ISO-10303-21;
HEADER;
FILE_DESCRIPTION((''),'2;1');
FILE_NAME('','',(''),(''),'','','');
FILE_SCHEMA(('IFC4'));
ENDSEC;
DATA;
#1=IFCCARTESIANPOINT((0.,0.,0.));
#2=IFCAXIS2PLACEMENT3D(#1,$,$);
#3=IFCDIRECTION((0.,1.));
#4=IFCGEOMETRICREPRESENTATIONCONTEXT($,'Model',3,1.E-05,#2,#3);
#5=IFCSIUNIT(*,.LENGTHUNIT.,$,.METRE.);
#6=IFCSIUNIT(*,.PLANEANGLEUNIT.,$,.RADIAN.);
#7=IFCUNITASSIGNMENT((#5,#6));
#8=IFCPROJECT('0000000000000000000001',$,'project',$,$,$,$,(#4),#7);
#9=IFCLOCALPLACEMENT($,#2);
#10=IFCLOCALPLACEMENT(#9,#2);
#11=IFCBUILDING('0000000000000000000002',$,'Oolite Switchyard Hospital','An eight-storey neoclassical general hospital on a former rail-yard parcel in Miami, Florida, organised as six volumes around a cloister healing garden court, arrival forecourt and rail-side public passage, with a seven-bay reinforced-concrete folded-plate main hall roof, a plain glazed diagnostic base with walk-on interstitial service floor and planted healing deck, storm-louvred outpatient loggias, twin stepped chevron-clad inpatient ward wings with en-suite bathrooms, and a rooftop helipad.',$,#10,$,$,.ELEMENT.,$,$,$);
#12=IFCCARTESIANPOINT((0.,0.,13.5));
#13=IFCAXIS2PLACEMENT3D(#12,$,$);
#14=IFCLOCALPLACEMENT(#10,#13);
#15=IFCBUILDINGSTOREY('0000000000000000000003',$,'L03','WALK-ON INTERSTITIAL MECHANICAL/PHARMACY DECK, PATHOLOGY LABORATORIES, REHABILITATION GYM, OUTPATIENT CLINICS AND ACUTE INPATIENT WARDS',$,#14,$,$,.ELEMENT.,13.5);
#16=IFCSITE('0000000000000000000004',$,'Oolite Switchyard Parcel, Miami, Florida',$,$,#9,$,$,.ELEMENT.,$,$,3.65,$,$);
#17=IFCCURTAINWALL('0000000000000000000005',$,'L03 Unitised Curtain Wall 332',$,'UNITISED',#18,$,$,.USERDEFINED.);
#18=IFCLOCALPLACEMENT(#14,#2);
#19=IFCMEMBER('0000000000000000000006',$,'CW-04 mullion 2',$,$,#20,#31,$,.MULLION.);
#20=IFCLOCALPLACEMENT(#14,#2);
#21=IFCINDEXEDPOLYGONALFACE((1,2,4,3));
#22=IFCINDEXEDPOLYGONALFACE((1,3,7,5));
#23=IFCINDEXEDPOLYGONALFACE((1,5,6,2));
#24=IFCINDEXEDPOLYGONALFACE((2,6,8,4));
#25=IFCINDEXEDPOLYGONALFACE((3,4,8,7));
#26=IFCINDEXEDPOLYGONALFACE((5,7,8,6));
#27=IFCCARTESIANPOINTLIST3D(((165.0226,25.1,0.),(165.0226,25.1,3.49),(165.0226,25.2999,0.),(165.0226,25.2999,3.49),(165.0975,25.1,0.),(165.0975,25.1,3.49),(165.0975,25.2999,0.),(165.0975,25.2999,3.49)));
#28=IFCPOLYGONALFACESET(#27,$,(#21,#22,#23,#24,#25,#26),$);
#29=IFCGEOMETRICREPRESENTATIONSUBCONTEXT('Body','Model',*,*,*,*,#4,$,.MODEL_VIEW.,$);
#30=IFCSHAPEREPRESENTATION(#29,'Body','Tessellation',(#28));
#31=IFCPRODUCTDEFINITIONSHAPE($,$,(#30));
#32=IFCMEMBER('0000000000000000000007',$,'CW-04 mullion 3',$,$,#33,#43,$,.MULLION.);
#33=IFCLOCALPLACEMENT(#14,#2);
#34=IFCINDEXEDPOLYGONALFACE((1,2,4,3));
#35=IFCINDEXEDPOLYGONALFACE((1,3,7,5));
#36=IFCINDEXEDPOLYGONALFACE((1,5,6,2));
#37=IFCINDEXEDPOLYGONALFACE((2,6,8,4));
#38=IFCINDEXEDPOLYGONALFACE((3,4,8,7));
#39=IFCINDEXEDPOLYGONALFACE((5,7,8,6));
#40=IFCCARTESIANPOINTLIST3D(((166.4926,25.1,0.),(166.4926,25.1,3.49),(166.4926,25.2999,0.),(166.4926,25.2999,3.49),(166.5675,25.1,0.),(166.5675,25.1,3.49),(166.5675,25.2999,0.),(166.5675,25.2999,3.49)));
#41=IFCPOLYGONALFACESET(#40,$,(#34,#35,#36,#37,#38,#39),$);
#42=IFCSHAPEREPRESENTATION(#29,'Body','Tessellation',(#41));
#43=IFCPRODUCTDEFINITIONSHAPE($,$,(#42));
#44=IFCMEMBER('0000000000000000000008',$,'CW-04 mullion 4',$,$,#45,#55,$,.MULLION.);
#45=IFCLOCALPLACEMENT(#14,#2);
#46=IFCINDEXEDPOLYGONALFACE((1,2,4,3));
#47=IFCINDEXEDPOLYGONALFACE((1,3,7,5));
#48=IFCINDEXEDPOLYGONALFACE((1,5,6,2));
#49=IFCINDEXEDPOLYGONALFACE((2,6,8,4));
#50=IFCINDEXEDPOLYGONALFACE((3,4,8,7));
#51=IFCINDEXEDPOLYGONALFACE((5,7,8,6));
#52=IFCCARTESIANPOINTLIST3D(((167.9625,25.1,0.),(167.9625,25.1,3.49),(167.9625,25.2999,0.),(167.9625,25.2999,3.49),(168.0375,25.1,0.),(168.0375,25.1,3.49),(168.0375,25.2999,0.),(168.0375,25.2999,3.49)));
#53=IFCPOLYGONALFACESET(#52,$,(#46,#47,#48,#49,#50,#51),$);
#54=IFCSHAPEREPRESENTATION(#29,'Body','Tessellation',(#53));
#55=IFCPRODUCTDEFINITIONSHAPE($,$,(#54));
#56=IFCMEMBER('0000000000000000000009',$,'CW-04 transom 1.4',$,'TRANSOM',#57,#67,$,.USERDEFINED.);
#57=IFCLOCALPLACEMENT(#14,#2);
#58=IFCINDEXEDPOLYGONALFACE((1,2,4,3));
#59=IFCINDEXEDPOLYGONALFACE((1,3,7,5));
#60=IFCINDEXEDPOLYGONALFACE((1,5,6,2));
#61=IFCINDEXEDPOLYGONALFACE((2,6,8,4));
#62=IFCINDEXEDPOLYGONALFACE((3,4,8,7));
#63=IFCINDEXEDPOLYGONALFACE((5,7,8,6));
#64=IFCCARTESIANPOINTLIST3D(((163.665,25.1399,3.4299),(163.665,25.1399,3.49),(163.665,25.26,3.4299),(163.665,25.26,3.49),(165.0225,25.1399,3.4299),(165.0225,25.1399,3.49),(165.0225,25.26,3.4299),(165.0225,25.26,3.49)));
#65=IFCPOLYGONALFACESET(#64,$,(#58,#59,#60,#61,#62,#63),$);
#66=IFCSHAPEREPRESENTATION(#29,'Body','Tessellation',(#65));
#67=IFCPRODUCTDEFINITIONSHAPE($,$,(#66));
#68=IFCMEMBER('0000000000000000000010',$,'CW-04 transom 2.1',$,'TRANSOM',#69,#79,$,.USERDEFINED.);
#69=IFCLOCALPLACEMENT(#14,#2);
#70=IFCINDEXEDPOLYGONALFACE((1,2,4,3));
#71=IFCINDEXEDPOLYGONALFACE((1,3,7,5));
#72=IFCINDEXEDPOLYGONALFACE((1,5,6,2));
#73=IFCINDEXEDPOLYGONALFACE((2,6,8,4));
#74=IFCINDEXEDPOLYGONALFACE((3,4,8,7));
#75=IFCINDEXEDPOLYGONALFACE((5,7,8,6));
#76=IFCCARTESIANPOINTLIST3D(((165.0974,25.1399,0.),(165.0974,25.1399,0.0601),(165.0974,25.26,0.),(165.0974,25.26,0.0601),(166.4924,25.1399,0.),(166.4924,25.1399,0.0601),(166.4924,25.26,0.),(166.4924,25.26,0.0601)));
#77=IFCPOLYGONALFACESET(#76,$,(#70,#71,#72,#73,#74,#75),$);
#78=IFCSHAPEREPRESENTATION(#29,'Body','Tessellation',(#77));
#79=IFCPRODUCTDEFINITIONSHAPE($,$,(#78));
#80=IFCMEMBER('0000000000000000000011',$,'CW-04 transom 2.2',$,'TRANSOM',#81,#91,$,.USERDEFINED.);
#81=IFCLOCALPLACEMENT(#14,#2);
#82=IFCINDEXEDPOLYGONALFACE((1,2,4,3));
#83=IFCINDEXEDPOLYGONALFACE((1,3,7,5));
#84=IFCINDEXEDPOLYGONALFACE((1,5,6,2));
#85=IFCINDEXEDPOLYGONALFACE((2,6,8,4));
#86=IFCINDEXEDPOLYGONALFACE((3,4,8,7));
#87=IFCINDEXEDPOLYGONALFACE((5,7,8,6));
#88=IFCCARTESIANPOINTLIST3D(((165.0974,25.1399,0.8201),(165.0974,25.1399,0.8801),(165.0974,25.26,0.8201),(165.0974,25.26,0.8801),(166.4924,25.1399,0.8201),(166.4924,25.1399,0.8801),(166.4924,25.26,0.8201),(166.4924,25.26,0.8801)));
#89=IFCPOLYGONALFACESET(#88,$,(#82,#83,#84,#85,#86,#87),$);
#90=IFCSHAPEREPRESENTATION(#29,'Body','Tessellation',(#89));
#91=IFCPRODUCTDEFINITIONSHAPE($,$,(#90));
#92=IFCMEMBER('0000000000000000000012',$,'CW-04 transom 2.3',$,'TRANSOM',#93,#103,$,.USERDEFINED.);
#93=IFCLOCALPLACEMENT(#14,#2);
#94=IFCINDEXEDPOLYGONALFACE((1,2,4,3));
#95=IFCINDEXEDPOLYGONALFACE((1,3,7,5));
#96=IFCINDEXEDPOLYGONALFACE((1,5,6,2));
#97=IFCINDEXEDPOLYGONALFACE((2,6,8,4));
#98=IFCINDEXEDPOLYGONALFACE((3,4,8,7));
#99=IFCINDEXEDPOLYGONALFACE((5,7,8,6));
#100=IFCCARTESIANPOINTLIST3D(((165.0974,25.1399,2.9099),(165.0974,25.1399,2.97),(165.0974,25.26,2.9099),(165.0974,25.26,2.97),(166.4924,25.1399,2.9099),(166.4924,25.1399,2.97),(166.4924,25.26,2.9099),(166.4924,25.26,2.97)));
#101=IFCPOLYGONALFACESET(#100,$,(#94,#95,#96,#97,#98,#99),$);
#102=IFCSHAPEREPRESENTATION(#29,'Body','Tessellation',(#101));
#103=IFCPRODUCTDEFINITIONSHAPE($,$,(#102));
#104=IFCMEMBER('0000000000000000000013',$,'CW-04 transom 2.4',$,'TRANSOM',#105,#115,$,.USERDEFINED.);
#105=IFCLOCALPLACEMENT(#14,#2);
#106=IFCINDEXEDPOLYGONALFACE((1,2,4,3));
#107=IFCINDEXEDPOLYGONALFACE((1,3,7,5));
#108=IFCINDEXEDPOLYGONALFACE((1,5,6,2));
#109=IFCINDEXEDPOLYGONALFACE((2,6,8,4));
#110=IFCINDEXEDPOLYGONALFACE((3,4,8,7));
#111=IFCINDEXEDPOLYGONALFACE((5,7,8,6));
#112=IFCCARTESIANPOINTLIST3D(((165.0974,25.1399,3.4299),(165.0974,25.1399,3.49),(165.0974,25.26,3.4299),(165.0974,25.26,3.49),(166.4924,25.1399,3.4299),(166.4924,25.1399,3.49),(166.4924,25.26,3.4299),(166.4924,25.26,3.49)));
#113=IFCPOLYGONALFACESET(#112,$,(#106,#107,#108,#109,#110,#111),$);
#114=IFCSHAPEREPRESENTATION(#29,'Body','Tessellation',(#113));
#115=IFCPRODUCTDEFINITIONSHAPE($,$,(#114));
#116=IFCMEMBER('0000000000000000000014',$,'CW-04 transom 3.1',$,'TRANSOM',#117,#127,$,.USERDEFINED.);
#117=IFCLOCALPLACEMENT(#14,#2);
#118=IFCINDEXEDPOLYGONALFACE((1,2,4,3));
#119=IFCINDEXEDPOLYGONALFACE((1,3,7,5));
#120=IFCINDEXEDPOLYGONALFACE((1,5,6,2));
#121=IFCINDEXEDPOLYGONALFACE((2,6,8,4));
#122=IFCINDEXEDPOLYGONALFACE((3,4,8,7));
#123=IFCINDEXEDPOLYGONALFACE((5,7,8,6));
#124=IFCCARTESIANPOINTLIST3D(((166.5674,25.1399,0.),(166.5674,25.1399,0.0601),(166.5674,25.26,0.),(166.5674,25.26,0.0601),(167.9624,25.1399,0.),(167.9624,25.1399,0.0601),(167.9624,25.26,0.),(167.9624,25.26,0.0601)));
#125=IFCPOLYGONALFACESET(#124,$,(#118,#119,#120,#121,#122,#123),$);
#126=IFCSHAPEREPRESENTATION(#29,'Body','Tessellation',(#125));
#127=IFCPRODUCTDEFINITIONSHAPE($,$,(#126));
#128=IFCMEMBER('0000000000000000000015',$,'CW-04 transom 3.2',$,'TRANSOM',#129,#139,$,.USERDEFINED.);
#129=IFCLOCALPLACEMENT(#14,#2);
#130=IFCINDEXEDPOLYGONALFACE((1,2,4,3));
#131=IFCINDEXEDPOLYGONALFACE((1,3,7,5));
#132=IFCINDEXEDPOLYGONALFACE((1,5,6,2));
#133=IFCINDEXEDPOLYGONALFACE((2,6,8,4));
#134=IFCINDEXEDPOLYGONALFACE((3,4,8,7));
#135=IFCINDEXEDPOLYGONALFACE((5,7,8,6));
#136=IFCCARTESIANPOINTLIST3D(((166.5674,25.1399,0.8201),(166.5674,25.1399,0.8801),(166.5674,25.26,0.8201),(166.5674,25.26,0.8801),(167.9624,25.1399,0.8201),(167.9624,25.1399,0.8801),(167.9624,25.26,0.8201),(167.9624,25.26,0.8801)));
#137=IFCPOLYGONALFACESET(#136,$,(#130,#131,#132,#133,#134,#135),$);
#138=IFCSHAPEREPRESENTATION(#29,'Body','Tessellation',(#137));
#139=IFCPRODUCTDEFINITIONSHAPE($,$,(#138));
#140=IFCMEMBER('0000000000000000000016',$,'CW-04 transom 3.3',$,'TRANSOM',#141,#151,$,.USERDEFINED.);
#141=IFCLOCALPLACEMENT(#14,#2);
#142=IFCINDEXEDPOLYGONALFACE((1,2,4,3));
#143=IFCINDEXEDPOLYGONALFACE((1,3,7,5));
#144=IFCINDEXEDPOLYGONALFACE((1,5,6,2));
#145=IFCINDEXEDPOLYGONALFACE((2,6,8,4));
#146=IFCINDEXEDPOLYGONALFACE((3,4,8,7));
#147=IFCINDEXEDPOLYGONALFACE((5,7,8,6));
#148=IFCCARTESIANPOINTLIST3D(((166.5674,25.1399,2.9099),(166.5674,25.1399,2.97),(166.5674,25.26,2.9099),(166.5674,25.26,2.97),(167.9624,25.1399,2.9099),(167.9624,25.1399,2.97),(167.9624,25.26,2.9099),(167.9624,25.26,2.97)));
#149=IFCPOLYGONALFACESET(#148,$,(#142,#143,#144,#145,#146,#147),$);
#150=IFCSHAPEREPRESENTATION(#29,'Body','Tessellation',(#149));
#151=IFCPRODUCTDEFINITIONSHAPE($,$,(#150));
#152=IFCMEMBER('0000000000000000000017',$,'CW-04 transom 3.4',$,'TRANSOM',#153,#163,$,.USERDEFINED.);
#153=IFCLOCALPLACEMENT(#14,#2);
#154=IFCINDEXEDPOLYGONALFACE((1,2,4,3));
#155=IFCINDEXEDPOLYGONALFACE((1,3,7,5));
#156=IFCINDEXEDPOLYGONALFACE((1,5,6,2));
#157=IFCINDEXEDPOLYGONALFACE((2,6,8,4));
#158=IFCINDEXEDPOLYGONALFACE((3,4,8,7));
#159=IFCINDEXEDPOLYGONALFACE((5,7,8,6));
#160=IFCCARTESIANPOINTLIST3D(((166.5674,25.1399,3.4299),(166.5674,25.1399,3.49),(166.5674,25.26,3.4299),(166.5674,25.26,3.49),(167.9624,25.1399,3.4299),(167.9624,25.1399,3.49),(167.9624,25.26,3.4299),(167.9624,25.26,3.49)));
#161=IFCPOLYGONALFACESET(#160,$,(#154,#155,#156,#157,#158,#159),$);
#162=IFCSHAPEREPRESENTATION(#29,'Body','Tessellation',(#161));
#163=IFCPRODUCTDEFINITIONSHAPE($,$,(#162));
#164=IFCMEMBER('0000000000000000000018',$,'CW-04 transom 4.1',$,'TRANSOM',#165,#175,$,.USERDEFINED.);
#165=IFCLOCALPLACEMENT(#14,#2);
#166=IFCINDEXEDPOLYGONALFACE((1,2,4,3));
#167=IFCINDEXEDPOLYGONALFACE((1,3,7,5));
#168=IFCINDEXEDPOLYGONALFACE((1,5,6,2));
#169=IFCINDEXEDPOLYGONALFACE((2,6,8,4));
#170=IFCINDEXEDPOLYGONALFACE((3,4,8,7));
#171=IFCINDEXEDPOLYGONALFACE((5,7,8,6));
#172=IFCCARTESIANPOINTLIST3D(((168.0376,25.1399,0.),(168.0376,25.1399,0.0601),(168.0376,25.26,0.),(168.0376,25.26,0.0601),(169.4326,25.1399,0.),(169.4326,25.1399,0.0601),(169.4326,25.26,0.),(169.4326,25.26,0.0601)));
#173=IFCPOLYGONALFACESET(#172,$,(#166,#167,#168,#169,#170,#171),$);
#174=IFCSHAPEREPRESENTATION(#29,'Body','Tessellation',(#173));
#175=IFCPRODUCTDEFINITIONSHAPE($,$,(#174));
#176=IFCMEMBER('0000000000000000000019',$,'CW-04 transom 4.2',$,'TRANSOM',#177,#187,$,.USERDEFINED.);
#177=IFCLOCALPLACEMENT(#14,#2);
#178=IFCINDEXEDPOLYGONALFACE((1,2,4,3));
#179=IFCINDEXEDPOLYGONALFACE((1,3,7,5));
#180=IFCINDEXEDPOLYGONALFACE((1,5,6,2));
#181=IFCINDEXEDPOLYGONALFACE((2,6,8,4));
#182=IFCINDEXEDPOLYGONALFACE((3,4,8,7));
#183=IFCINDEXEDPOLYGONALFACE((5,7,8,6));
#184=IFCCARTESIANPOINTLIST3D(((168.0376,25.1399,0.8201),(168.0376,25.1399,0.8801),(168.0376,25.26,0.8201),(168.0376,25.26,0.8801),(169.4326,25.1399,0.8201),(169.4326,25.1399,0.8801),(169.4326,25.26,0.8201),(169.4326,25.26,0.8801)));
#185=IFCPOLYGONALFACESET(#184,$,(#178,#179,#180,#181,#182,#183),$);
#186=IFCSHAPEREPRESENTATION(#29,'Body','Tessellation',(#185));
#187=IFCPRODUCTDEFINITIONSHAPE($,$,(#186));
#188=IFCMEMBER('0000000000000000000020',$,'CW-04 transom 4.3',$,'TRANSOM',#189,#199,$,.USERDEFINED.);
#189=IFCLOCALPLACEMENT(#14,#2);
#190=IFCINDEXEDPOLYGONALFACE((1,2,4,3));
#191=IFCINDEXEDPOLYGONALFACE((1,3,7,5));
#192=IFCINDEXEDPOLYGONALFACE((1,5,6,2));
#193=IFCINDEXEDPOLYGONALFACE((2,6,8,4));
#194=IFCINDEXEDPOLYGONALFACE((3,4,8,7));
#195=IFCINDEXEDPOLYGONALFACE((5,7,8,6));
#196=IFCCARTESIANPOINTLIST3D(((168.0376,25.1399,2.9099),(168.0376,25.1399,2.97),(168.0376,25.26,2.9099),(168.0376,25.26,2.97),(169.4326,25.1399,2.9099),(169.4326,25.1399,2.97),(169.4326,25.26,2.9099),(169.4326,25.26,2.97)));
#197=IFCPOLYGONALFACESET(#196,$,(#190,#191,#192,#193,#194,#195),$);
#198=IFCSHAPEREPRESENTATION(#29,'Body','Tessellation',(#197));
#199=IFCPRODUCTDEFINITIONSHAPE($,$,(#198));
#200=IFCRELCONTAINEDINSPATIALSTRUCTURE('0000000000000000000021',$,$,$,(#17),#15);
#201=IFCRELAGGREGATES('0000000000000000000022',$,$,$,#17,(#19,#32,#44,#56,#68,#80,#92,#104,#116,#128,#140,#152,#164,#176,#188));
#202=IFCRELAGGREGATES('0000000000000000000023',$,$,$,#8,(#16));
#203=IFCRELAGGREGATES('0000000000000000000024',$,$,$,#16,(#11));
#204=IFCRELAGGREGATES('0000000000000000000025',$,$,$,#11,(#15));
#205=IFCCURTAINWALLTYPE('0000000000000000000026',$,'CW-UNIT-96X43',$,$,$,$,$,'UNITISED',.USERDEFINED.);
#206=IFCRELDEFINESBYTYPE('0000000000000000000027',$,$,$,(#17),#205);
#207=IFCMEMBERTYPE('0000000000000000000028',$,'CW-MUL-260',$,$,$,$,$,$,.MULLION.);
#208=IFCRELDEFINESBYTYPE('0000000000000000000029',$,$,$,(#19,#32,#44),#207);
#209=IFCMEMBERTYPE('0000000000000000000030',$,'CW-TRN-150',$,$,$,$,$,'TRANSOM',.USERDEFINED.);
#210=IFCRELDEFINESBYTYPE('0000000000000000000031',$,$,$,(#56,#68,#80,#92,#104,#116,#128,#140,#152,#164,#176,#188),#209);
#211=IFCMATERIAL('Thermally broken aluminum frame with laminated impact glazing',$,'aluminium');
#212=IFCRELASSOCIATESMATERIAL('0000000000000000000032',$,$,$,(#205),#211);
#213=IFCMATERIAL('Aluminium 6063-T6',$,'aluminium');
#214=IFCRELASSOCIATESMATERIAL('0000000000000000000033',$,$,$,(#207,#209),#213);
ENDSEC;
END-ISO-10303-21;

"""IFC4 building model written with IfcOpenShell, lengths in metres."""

from ifc_helpers import new_model, si_unit, direction, frame, origin, origin_2d, place, context, subcontext, project, spatial, rectangle, extrude, material, material_profile, profile_set, type_object, element, aggregate, save


model = new_model("IFC4")

# Units and contexts
model_context = context("Model", 3, precision=1e-05, world=origin(), true_north=direction((0.0, 1.0)))
body_context = subcontext(model_context, "Body", "Model", "MODEL_VIEW")
ifc_project = project(units=[si_unit("LENGTHUNIT", "METRE"), si_unit("PLANEANGLEUNIT", "RADIAN")], contexts=[model_context])

# Site, building, storey
site_placement = place(None, origin())
site = spatial("IfcSite", under=ifc_project, at=site_placement, Name="Oolite Switchyard Parcel, Miami, Florida", CompositionType="ELEMENT", RefElevation=3.65)
building_placement = place(site_placement, origin())
building = spatial("IfcBuilding", under=site, at=building_placement, Name="Oolite Switchyard Hospital", Description="An eight-storey neoclassical general hospital on a former rail-yard parcel in Miami, Florida, organised as six volumes around a cloister healing garden court, arrival forecourt and rail-side public passage, with a seven-bay reinforced-concrete folded-plate main hall roof, a plain glazed diagnostic base with walk-on interstitial service floor and planted healing deck, storm-louvred outpatient loggias, twin stepped chevron-clad inpatient ward wings with en-suite bathrooms, and a rooftop helipad.", CompositionType="ELEMENT")
storey_placement = place(building_placement, frame((0.0, 0.0, 13.5)))
storey = spatial("IfcBuildingStorey", under=building, at=storey_placement, Name="L03", Description="WALK-ON INTERSTITIAL MECHANICAL/PHARMACY DECK, PATHOLOGY LABORATORIES, REHABILITATION GYM, OUTPATIENT CLINICS AND ACUTE INPATIENT WARDS", CompositionType="ELEMENT", Elevation=13.5)

# Curtain wall, members
ifc_material_1 = material(Name="Thermally broken aluminum frame with laminated impact glazing", Category="aluminium")
curtain_wall_type = type_object("IfcCurtainWallType", Name="CW-UNIT-96X43", ElementType="UNITISED", PredefinedType="USERDEFINED", material=ifc_material_1)
curtain_wall_placement = place(storey_placement, origin())
curtain_wall = element("IfcCurtainWall", 1, at=curtain_wall_placement, inside=storey, type_object=curtain_wall_type, Name="L03 Unitised Curtain Wall 332", ObjectType="UNITISED", PredefinedType="USERDEFINED")
ifc_material_2 = material(Name="Aluminium 6063-T6", Category="aluminium")
ifc_material_profile_1 = material_profile(ifc_material_2, rectangle(XDim=0.2, YDim=0.075, at=origin_2d()), Name="CWM75X200")
ifc_profile_set_1 = profile_set([ifc_material_profile_1], Name="Aluminium 6063-T6")
member_type_1 = type_object("IfcMemberType", Name="CW-MUL-260", PredefinedType="MULLION", material=ifc_profile_set_1)
member_1_placement = place(storey_placement, frame((165.0601, 25.2, 0.0), z_axis=(0.0, 0.0, 1.0), x_axis=(0.0, 1.0, 0.0)))
member_1 = element("IfcMember", 2, at=member_1_placement, type_object=member_type_1, Name="CW-04 mullion 2", PredefinedType="MULLION", context=body_context, shape_type="SweptSolid", body=[
    extrude(rectangle(XDim=0.2, YDim=0.075, at=origin_2d()), origin(), (0.0, 0.0, 1.0), 3.49),
])
member_2_placement = place(storey_placement, frame((166.53, 25.2, 0.0), z_axis=(0.0, 0.0, 1.0), x_axis=(0.0, 1.0, 0.0)))
member_2 = element("IfcMember", 3, at=member_2_placement, type_object=member_type_1, Name="CW-04 mullion 3", PredefinedType="MULLION", context=body_context, shape_type="SweptSolid", body=[
    extrude(rectangle(XDim=0.2, YDim=0.075, at=origin_2d()), origin(), (0.0, 0.0, 1.0), 3.49),
])
member_3_placement = place(storey_placement, frame((168.0, 25.2, 0.0), z_axis=(0.0, 0.0, 1.0), x_axis=(0.0, 1.0, 0.0)))
member_3 = element("IfcMember", 4, at=member_3_placement, type_object=member_type_1, Name="CW-04 mullion 4", PredefinedType="MULLION", context=body_context, shape_type="SweptSolid", body=[
    extrude(rectangle(XDim=0.2, YDim=0.075, at=origin_2d()), origin(), (0.0, 0.0, 1.0), 3.49),
])
ifc_material_profile_2 = material_profile(ifc_material_2, rectangle(XDim=0.1201, YDim=0.0601, at=origin_2d()), Name="CWT60X120")
ifc_profile_set_2 = profile_set([ifc_material_profile_2], Name="Aluminium 6063-T6")
member_type_2 = type_object("IfcMemberType", Name="CW-TRN-150", ElementType="TRANSOM", PredefinedType="USERDEFINED", material=ifc_profile_set_2)
member_4_placement = place(storey_placement, frame((163.665, 25.2, 3.46), z_axis=(1.0, 0.0, 0.0), x_axis=(0.0, 1.0, 0.0)))
member_4 = element("IfcMember", 5, at=member_4_placement, type_object=member_type_2, Name="CW-04 transom 1.4", ObjectType="TRANSOM", PredefinedType="USERDEFINED", context=body_context, shape_type="SweptSolid", body=[
    extrude(rectangle(XDim=0.1201, YDim=0.0601, at=origin_2d()), origin(), (0.0, 0.0, 1.0), 1.3574),
])
member_5_placement = place(storey_placement, frame((165.0974, 25.2, 0.03), z_axis=(1.0, 0.0, 0.0), x_axis=(0.0, 1.0, 0.0)))
member_5 = element("IfcMember", 6, at=member_5_placement, type_object=member_type_2, Name="CW-04 transom 2.1", ObjectType="TRANSOM", PredefinedType="USERDEFINED", context=body_context, shape_type="SweptSolid", body=[
    extrude(rectangle(XDim=0.1201, YDim=0.0601, at=origin_2d()), origin(), (0.0, 0.0, 1.0), 1.395),
])
member_6_placement = place(storey_placement, frame((165.0974, 25.2, 0.8501), z_axis=(1.0, 0.0, 0.0), x_axis=(0.0, 1.0, 0.0)))
member_6 = element("IfcMember", 7, at=member_6_placement, type_object=member_type_2, Name="CW-04 transom 2.2", ObjectType="TRANSOM", PredefinedType="USERDEFINED", context=body_context, shape_type="SweptSolid", body=[
    extrude(rectangle(XDim=0.1201, YDim=0.0601, at=origin_2d()), origin(), (0.0, 0.0, 1.0), 1.395),
])
member_7_placement = place(storey_placement, frame((165.0974, 25.2, 2.9399), z_axis=(1.0, 0.0, 0.0), x_axis=(0.0, 1.0, 0.0)))
member_7 = element("IfcMember", 8, at=member_7_placement, type_object=member_type_2, Name="CW-04 transom 2.3", ObjectType="TRANSOM", PredefinedType="USERDEFINED", context=body_context, shape_type="SweptSolid", body=[
    extrude(rectangle(XDim=0.1201, YDim=0.0601, at=origin_2d()), origin(), (0.0, 0.0, 1.0), 1.395),
])
member_8_placement = place(storey_placement, frame((165.0974, 25.2, 3.46), z_axis=(1.0, 0.0, 0.0), x_axis=(0.0, 1.0, 0.0)))
member_8 = element("IfcMember", 9, at=member_8_placement, type_object=member_type_2, Name="CW-04 transom 2.4", ObjectType="TRANSOM", PredefinedType="USERDEFINED", context=body_context, shape_type="SweptSolid", body=[
    extrude(rectangle(XDim=0.1201, YDim=0.0601, at=origin_2d()), origin(), (0.0, 0.0, 1.0), 1.395),
])
member_9_placement = place(storey_placement, frame((166.5674, 25.2, 0.03), z_axis=(1.0, 0.0, 0.0), x_axis=(0.0, 1.0, 0.0)))
member_9 = element("IfcMember", 10, at=member_9_placement, type_object=member_type_2, Name="CW-04 transom 3.1", ObjectType="TRANSOM", PredefinedType="USERDEFINED", context=body_context, shape_type="SweptSolid", body=[
    extrude(rectangle(XDim=0.1201, YDim=0.0601, at=origin_2d()), origin(), (0.0, 0.0, 1.0), 1.395),
])
member_10_placement = place(storey_placement, frame((166.5674, 25.2, 0.8501), z_axis=(1.0, 0.0, 0.0), x_axis=(0.0, 1.0, 0.0)))
member_10 = element("IfcMember", 11, at=member_10_placement, type_object=member_type_2, Name="CW-04 transom 3.2", ObjectType="TRANSOM", PredefinedType="USERDEFINED", context=body_context, shape_type="SweptSolid", body=[
    extrude(rectangle(XDim=0.1201, YDim=0.0601, at=origin_2d()), origin(), (0.0, 0.0, 1.0), 1.395),
])
member_11_placement = place(storey_placement, frame((166.5674, 25.2, 2.9399), z_axis=(1.0, 0.0, 0.0), x_axis=(0.0, 1.0, 0.0)))
member_11 = element("IfcMember", 12, at=member_11_placement, type_object=member_type_2, Name="CW-04 transom 3.3", ObjectType="TRANSOM", PredefinedType="USERDEFINED", context=body_context, shape_type="SweptSolid", body=[
    extrude(rectangle(XDim=0.1201, YDim=0.0601, at=origin_2d()), origin(), (0.0, 0.0, 1.0), 1.395),
])
member_12_placement = place(storey_placement, frame((166.5674, 25.2, 3.46), z_axis=(1.0, 0.0, 0.0), x_axis=(0.0, 1.0, 0.0)))
member_12 = element("IfcMember", 13, at=member_12_placement, type_object=member_type_2, Name="CW-04 transom 3.4", ObjectType="TRANSOM", PredefinedType="USERDEFINED", context=body_context, shape_type="SweptSolid", body=[
    extrude(rectangle(XDim=0.1201, YDim=0.0601, at=origin_2d()), origin(), (0.0, 0.0, 1.0), 1.395),
])
member_13_placement = place(storey_placement, frame((168.0376, 25.2, 0.03), z_axis=(1.0, 0.0, 0.0), x_axis=(0.0, 1.0, 0.0)))
member_13 = element("IfcMember", 14, at=member_13_placement, type_object=member_type_2, Name="CW-04 transom 4.1", ObjectType="TRANSOM", PredefinedType="USERDEFINED", context=body_context, shape_type="SweptSolid", body=[
    extrude(rectangle(XDim=0.1201, YDim=0.0601, at=origin_2d()), origin(), (0.0, 0.0, 1.0), 1.395),
])
member_14_placement = place(storey_placement, frame((168.0376, 25.2, 0.8501), z_axis=(1.0, 0.0, 0.0), x_axis=(0.0, 1.0, 0.0)))
member_14 = element("IfcMember", 15, at=member_14_placement, type_object=member_type_2, Name="CW-04 transom 4.2", ObjectType="TRANSOM", PredefinedType="USERDEFINED", context=body_context, shape_type="SweptSolid", body=[
    extrude(rectangle(XDim=0.1201, YDim=0.0601, at=origin_2d()), origin(), (0.0, 0.0, 1.0), 1.395),
])
member_15_placement = place(storey_placement, frame((168.0376, 25.2, 2.9399), z_axis=(1.0, 0.0, 0.0), x_axis=(0.0, 1.0, 0.0)))
member_15 = element("IfcMember", 16, at=member_15_placement, type_object=member_type_2, Name="CW-04 transom 4.3", ObjectType="TRANSOM", PredefinedType="USERDEFINED", context=body_context, shape_type="SweptSolid", body=[
    extrude(rectangle(XDim=0.1201, YDim=0.0601, at=origin_2d()), origin(), (0.0, 0.0, 1.0), 1.395),
])
aggregate(curtain_wall, [member_1, member_2, member_3, member_4, member_5, member_6, member_7, member_8, member_9, member_10, member_11, member_12, member_13, member_14, member_15])

save(model, "model.ifc")
